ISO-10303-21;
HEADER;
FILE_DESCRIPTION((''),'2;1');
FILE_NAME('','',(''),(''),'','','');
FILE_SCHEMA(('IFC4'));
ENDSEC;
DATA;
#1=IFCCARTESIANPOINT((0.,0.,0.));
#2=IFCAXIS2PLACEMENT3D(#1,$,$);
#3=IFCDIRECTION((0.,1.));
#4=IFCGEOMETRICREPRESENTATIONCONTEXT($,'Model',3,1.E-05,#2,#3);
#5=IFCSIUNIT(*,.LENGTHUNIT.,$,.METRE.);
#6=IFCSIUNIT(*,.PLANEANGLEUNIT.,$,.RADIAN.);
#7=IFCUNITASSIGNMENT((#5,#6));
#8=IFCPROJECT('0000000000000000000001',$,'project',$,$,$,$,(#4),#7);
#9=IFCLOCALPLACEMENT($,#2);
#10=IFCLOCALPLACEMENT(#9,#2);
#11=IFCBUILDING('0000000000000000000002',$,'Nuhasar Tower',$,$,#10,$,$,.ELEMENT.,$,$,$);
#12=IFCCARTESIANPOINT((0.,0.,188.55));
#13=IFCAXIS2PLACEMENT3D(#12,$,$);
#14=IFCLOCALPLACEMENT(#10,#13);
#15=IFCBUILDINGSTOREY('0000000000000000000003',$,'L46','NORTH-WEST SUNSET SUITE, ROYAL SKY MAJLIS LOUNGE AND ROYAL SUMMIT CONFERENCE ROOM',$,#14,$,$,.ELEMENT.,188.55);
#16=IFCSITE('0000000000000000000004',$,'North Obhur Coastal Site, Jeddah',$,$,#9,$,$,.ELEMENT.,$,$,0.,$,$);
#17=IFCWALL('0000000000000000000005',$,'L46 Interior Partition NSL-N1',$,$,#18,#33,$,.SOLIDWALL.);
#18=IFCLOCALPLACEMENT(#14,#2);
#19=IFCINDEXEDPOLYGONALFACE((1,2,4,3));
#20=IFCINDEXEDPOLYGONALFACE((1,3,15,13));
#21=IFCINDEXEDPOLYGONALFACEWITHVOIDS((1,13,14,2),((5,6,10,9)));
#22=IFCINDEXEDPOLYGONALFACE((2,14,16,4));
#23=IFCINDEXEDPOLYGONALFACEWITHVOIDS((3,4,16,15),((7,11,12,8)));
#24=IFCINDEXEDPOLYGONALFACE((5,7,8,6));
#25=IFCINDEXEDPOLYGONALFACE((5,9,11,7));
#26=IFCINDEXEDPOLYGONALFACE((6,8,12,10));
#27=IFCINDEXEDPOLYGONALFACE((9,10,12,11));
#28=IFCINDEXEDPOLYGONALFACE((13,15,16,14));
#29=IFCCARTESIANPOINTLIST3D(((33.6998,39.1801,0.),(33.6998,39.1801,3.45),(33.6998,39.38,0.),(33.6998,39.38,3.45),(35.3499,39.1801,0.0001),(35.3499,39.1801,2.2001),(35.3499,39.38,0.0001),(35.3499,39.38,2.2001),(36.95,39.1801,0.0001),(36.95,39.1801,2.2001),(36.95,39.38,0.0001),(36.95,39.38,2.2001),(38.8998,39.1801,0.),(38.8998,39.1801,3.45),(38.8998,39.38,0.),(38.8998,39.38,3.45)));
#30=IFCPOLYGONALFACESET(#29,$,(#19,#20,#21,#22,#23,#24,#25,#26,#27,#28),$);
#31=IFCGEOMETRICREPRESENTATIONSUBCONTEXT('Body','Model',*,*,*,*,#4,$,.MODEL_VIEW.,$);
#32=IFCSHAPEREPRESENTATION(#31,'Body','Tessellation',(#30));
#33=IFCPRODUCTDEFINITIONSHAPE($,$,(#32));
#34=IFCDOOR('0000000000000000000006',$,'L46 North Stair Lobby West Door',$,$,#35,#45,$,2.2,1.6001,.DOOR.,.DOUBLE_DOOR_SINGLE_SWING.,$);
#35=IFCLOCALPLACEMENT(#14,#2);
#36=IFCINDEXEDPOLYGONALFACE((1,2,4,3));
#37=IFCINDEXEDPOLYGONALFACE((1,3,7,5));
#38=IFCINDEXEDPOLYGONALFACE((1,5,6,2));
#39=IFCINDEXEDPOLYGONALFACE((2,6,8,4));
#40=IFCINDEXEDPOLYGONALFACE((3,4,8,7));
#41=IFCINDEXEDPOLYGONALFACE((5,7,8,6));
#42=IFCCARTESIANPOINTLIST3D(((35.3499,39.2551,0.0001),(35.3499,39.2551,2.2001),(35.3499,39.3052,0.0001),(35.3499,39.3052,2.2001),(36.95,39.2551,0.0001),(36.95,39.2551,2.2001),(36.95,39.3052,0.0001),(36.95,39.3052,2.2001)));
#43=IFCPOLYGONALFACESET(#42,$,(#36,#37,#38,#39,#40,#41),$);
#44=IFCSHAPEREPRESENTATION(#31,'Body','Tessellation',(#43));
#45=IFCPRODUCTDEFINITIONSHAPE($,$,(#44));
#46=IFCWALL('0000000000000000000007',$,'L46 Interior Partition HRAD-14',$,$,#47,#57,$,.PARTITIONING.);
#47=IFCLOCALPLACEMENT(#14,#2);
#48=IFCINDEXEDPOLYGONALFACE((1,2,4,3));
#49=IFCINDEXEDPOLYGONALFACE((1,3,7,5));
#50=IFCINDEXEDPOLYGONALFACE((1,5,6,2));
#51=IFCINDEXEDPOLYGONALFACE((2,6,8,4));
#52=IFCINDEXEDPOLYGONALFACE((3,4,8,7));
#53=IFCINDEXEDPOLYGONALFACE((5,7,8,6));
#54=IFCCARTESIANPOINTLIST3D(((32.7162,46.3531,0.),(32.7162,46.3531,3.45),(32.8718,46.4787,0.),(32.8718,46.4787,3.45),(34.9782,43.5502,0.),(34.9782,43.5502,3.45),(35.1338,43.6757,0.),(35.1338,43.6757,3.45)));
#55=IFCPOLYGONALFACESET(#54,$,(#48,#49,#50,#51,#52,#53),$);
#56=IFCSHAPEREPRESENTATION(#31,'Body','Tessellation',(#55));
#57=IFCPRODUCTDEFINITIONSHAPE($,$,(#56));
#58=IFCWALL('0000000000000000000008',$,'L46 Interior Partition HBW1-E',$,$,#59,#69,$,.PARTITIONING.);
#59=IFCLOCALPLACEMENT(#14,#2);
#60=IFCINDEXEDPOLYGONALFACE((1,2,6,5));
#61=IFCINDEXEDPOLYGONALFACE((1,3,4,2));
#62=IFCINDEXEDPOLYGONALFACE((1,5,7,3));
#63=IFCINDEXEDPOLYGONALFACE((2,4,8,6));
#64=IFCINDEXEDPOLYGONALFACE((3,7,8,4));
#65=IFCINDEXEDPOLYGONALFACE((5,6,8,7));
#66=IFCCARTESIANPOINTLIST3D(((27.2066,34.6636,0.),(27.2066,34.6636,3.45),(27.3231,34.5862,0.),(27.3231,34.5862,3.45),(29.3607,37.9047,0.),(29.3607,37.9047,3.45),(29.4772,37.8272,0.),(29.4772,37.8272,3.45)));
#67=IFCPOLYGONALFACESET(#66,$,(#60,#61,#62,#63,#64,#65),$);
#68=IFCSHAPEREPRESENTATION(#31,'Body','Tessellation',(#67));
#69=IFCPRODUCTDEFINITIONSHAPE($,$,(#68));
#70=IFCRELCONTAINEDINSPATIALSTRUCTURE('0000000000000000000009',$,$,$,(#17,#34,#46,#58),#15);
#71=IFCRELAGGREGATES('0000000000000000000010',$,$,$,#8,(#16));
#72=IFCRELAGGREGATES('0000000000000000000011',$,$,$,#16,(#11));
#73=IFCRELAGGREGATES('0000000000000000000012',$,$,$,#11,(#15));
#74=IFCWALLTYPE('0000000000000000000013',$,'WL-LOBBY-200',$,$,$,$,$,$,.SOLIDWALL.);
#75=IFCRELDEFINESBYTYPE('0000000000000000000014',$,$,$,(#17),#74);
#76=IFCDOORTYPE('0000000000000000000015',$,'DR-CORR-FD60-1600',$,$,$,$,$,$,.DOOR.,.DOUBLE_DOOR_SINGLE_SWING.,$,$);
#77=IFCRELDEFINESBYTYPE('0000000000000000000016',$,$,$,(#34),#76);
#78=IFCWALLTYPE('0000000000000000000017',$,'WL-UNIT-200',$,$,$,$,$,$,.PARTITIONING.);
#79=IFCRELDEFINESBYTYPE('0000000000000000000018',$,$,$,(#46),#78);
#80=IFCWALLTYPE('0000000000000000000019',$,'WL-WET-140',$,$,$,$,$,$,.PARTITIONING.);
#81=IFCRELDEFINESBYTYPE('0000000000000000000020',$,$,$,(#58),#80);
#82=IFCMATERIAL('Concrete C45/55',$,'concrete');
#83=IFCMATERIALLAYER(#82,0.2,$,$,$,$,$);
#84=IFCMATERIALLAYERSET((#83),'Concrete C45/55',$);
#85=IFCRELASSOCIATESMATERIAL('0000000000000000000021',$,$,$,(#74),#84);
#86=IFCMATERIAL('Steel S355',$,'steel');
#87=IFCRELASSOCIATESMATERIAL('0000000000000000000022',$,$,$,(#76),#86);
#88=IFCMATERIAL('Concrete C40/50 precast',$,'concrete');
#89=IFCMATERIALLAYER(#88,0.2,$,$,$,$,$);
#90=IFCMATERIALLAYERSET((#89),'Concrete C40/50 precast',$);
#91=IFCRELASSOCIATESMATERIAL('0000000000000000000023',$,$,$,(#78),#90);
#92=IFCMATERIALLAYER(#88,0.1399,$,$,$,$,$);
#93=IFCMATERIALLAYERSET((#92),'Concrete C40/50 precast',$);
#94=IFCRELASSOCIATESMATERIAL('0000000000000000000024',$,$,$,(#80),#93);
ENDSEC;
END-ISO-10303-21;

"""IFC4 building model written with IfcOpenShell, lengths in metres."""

from ifc_helpers import new_model, si_unit, direction, frame, frame_2d, origin, place, context, subcontext, project, spatial, rectangle, extrude, material, layer, layer_set, type_object, element, fill, save


model = new_model("IFC4")

# Units and contexts
model_context = context("Model", 3, precision=1e-05, world=origin(), true_north=direction((0.0, 1.0)))
body_context = subcontext(model_context, "Body", "Model", "MODEL_VIEW")
ifc_project = project(units=[si_unit("LENGTHUNIT", "METRE"), si_unit("PLANEANGLEUNIT", "RADIAN")], contexts=[model_context])

# Site, building, storey
site_placement = place(None, origin())
site = spatial("IfcSite", under=ifc_project, at=site_placement, Name="North Obhur Coastal Site, Jeddah", CompositionType="ELEMENT", RefElevation=0.0)
building_placement = place(site_placement, origin())
building = spatial("IfcBuilding", under=site, at=building_placement, Name="Nuhasar Tower", CompositionType="ELEMENT")
storey_placement = place(building_placement, frame((0.0, 0.0, 188.55)))
storey = spatial("IfcBuildingStorey", under=building, at=storey_placement, Name="L46", Description="NORTH-WEST SUNSET SUITE, ROYAL SKY MAJLIS LOUNGE AND ROYAL SUMMIT CONFERENCE ROOM", CompositionType="ELEMENT", Elevation=188.55)

# Shared definitions
ifc_material_1 = material(Name="Steel S355", Category="steel")

# Shared definitions
ifc_material_2 = material(Name="Concrete C45/55", Category="concrete")
ifc_layer_1 = layer(ifc_material_2, 0.2)
ifc_layer_set_1 = layer_set([ifc_layer_1], Name="Concrete C45/55")
wall_type_1 = type_object("IfcWallType", Name="WL-LOBBY-200", PredefinedType="SOLIDWALL", material=ifc_layer_set_1)

# Wall, opening, door
wall_1_placement = place(storey_placement, frame((38.8999, 39.28, 0.0), z_axis=(0.0, 0.0, 1.0), x_axis=(-1.0, 0.0, 0.0)))
wall_1 = element("IfcWall", 1, at=wall_1_placement, inside=storey, type_object=wall_type_1, Name="L46 Interior Partition NSL-N1", PredefinedType="SOLIDWALL", context=body_context, shape_type="SweptSolid", body=[
    extrude(rectangle(XDim=5.2, YDim=0.2, at=frame_2d((2.6001, 0.0))), origin(), (0.0, 0.0, 1.0), 3.45),
])
opening_1_placement = place(wall_1_placement, frame((1.95, 0.0, 0.0)))
opening_1 = element("IfcOpeningElement", 2, at=opening_1_placement, cuts=wall_1, PredefinedType="OPENING", context=body_context, shape_type="SweptSolid", body=[
    extrude(rectangle(XDim=1.6001, YDim=2.2, at=frame_2d((0.8, 1.1001))), frame((0.0, 0.1099, 0.0), z_axis=(0.0, -1.0, 0.0), x_axis=(1.0, 0.0, 0.0)), (0.0, 0.0, 1.0), 0.22),
])
door_type_1 = type_object("IfcDoorType", Name="DR-CORR-FD60-1600", OperationType="DOUBLE_DOOR_SINGLE_SWING", PredefinedType="DOOR", material=ifc_material_1)
door_1_placement = place(opening_1_placement, origin())
door_1 = element("IfcDoor", 3, at=door_1_placement, inside=storey, type_object=door_type_1, Name="L46 North Stair Lobby West Door", OperationType="DOUBLE_DOOR_SINGLE_SWING", OverallHeight=2.2, OverallWidth=1.6001, PredefinedType="DOOR", context=body_context, shape_type="SweptSolid", body=[
    extrude(rectangle(XDim=1.6001, YDim=2.2, at=frame_2d((0.8, 1.1001))), frame((0.0, 0.0249, 0.0), z_axis=(0.0, -1.0, 0.0), x_axis=(1.0, 0.0, 0.0)), (0.0, 0.0, 1.0), 0.05),
])
fill(opening_1, door_1)

# Walls
ifc_material_3 = material(Name="Concrete C40/50 precast", Category="concrete")
ifc_layer_2 = layer(ifc_material_3, 0.2)
ifc_layer_set_2 = layer_set([ifc_layer_2], Name="Concrete C40/50 precast")
wall_type_2 = type_object("IfcWallType", Name="WL-UNIT-200", PredefinedType="PARTITIONING", material=ifc_layer_set_2)
wall_2_placement = place(storey_placement, frame((35.0559, 43.613, 0.0), z_axis=(0.0, 0.0, 1.0), x_axis=(-0.628004, 0.77821, 0.0)))
element("IfcWall", 4, at=wall_2_placement, inside=storey, type_object=wall_type_2, Name="L46 Interior Partition HRAD-14", PredefinedType="PARTITIONING", context=body_context, shape_type="SweptSolid", body=[
    extrude(rectangle(XDim=3.6018, YDim=0.2, at=frame_2d((1.8008, 0.0))), origin(), (0.0, 0.0, 1.0), 3.45),
])
ifc_layer_3 = layer(ifc_material_3, 0.1399)
ifc_layer_set_3 = layer_set([ifc_layer_3], Name="Concrete C40/50 precast")
wall_type_3 = type_object("IfcWallType", Name="WL-WET-140", PredefinedType="PARTITIONING", material=ifc_layer_set_3)
wall_3_placement = place(storey_placement, frame((29.4189, 37.866, 0.0), z_axis=(0.0, 0.0, 1.0), x_axis=(-0.553527, -0.832831, 0.0)))
element("IfcWall", 5, at=wall_3_placement, inside=storey, type_object=wall_type_3, Name="L46 Interior Partition HBW1-E", PredefinedType="PARTITIONING", context=body_context, shape_type="SweptSolid", body=[
    extrude(rectangle(XDim=3.8916, YDim=0.1399, at=frame_2d((1.9458, 0.0))), origin(), (0.0, 0.0, 1.0), 3.45),
])

save(model, "model.ifc")
